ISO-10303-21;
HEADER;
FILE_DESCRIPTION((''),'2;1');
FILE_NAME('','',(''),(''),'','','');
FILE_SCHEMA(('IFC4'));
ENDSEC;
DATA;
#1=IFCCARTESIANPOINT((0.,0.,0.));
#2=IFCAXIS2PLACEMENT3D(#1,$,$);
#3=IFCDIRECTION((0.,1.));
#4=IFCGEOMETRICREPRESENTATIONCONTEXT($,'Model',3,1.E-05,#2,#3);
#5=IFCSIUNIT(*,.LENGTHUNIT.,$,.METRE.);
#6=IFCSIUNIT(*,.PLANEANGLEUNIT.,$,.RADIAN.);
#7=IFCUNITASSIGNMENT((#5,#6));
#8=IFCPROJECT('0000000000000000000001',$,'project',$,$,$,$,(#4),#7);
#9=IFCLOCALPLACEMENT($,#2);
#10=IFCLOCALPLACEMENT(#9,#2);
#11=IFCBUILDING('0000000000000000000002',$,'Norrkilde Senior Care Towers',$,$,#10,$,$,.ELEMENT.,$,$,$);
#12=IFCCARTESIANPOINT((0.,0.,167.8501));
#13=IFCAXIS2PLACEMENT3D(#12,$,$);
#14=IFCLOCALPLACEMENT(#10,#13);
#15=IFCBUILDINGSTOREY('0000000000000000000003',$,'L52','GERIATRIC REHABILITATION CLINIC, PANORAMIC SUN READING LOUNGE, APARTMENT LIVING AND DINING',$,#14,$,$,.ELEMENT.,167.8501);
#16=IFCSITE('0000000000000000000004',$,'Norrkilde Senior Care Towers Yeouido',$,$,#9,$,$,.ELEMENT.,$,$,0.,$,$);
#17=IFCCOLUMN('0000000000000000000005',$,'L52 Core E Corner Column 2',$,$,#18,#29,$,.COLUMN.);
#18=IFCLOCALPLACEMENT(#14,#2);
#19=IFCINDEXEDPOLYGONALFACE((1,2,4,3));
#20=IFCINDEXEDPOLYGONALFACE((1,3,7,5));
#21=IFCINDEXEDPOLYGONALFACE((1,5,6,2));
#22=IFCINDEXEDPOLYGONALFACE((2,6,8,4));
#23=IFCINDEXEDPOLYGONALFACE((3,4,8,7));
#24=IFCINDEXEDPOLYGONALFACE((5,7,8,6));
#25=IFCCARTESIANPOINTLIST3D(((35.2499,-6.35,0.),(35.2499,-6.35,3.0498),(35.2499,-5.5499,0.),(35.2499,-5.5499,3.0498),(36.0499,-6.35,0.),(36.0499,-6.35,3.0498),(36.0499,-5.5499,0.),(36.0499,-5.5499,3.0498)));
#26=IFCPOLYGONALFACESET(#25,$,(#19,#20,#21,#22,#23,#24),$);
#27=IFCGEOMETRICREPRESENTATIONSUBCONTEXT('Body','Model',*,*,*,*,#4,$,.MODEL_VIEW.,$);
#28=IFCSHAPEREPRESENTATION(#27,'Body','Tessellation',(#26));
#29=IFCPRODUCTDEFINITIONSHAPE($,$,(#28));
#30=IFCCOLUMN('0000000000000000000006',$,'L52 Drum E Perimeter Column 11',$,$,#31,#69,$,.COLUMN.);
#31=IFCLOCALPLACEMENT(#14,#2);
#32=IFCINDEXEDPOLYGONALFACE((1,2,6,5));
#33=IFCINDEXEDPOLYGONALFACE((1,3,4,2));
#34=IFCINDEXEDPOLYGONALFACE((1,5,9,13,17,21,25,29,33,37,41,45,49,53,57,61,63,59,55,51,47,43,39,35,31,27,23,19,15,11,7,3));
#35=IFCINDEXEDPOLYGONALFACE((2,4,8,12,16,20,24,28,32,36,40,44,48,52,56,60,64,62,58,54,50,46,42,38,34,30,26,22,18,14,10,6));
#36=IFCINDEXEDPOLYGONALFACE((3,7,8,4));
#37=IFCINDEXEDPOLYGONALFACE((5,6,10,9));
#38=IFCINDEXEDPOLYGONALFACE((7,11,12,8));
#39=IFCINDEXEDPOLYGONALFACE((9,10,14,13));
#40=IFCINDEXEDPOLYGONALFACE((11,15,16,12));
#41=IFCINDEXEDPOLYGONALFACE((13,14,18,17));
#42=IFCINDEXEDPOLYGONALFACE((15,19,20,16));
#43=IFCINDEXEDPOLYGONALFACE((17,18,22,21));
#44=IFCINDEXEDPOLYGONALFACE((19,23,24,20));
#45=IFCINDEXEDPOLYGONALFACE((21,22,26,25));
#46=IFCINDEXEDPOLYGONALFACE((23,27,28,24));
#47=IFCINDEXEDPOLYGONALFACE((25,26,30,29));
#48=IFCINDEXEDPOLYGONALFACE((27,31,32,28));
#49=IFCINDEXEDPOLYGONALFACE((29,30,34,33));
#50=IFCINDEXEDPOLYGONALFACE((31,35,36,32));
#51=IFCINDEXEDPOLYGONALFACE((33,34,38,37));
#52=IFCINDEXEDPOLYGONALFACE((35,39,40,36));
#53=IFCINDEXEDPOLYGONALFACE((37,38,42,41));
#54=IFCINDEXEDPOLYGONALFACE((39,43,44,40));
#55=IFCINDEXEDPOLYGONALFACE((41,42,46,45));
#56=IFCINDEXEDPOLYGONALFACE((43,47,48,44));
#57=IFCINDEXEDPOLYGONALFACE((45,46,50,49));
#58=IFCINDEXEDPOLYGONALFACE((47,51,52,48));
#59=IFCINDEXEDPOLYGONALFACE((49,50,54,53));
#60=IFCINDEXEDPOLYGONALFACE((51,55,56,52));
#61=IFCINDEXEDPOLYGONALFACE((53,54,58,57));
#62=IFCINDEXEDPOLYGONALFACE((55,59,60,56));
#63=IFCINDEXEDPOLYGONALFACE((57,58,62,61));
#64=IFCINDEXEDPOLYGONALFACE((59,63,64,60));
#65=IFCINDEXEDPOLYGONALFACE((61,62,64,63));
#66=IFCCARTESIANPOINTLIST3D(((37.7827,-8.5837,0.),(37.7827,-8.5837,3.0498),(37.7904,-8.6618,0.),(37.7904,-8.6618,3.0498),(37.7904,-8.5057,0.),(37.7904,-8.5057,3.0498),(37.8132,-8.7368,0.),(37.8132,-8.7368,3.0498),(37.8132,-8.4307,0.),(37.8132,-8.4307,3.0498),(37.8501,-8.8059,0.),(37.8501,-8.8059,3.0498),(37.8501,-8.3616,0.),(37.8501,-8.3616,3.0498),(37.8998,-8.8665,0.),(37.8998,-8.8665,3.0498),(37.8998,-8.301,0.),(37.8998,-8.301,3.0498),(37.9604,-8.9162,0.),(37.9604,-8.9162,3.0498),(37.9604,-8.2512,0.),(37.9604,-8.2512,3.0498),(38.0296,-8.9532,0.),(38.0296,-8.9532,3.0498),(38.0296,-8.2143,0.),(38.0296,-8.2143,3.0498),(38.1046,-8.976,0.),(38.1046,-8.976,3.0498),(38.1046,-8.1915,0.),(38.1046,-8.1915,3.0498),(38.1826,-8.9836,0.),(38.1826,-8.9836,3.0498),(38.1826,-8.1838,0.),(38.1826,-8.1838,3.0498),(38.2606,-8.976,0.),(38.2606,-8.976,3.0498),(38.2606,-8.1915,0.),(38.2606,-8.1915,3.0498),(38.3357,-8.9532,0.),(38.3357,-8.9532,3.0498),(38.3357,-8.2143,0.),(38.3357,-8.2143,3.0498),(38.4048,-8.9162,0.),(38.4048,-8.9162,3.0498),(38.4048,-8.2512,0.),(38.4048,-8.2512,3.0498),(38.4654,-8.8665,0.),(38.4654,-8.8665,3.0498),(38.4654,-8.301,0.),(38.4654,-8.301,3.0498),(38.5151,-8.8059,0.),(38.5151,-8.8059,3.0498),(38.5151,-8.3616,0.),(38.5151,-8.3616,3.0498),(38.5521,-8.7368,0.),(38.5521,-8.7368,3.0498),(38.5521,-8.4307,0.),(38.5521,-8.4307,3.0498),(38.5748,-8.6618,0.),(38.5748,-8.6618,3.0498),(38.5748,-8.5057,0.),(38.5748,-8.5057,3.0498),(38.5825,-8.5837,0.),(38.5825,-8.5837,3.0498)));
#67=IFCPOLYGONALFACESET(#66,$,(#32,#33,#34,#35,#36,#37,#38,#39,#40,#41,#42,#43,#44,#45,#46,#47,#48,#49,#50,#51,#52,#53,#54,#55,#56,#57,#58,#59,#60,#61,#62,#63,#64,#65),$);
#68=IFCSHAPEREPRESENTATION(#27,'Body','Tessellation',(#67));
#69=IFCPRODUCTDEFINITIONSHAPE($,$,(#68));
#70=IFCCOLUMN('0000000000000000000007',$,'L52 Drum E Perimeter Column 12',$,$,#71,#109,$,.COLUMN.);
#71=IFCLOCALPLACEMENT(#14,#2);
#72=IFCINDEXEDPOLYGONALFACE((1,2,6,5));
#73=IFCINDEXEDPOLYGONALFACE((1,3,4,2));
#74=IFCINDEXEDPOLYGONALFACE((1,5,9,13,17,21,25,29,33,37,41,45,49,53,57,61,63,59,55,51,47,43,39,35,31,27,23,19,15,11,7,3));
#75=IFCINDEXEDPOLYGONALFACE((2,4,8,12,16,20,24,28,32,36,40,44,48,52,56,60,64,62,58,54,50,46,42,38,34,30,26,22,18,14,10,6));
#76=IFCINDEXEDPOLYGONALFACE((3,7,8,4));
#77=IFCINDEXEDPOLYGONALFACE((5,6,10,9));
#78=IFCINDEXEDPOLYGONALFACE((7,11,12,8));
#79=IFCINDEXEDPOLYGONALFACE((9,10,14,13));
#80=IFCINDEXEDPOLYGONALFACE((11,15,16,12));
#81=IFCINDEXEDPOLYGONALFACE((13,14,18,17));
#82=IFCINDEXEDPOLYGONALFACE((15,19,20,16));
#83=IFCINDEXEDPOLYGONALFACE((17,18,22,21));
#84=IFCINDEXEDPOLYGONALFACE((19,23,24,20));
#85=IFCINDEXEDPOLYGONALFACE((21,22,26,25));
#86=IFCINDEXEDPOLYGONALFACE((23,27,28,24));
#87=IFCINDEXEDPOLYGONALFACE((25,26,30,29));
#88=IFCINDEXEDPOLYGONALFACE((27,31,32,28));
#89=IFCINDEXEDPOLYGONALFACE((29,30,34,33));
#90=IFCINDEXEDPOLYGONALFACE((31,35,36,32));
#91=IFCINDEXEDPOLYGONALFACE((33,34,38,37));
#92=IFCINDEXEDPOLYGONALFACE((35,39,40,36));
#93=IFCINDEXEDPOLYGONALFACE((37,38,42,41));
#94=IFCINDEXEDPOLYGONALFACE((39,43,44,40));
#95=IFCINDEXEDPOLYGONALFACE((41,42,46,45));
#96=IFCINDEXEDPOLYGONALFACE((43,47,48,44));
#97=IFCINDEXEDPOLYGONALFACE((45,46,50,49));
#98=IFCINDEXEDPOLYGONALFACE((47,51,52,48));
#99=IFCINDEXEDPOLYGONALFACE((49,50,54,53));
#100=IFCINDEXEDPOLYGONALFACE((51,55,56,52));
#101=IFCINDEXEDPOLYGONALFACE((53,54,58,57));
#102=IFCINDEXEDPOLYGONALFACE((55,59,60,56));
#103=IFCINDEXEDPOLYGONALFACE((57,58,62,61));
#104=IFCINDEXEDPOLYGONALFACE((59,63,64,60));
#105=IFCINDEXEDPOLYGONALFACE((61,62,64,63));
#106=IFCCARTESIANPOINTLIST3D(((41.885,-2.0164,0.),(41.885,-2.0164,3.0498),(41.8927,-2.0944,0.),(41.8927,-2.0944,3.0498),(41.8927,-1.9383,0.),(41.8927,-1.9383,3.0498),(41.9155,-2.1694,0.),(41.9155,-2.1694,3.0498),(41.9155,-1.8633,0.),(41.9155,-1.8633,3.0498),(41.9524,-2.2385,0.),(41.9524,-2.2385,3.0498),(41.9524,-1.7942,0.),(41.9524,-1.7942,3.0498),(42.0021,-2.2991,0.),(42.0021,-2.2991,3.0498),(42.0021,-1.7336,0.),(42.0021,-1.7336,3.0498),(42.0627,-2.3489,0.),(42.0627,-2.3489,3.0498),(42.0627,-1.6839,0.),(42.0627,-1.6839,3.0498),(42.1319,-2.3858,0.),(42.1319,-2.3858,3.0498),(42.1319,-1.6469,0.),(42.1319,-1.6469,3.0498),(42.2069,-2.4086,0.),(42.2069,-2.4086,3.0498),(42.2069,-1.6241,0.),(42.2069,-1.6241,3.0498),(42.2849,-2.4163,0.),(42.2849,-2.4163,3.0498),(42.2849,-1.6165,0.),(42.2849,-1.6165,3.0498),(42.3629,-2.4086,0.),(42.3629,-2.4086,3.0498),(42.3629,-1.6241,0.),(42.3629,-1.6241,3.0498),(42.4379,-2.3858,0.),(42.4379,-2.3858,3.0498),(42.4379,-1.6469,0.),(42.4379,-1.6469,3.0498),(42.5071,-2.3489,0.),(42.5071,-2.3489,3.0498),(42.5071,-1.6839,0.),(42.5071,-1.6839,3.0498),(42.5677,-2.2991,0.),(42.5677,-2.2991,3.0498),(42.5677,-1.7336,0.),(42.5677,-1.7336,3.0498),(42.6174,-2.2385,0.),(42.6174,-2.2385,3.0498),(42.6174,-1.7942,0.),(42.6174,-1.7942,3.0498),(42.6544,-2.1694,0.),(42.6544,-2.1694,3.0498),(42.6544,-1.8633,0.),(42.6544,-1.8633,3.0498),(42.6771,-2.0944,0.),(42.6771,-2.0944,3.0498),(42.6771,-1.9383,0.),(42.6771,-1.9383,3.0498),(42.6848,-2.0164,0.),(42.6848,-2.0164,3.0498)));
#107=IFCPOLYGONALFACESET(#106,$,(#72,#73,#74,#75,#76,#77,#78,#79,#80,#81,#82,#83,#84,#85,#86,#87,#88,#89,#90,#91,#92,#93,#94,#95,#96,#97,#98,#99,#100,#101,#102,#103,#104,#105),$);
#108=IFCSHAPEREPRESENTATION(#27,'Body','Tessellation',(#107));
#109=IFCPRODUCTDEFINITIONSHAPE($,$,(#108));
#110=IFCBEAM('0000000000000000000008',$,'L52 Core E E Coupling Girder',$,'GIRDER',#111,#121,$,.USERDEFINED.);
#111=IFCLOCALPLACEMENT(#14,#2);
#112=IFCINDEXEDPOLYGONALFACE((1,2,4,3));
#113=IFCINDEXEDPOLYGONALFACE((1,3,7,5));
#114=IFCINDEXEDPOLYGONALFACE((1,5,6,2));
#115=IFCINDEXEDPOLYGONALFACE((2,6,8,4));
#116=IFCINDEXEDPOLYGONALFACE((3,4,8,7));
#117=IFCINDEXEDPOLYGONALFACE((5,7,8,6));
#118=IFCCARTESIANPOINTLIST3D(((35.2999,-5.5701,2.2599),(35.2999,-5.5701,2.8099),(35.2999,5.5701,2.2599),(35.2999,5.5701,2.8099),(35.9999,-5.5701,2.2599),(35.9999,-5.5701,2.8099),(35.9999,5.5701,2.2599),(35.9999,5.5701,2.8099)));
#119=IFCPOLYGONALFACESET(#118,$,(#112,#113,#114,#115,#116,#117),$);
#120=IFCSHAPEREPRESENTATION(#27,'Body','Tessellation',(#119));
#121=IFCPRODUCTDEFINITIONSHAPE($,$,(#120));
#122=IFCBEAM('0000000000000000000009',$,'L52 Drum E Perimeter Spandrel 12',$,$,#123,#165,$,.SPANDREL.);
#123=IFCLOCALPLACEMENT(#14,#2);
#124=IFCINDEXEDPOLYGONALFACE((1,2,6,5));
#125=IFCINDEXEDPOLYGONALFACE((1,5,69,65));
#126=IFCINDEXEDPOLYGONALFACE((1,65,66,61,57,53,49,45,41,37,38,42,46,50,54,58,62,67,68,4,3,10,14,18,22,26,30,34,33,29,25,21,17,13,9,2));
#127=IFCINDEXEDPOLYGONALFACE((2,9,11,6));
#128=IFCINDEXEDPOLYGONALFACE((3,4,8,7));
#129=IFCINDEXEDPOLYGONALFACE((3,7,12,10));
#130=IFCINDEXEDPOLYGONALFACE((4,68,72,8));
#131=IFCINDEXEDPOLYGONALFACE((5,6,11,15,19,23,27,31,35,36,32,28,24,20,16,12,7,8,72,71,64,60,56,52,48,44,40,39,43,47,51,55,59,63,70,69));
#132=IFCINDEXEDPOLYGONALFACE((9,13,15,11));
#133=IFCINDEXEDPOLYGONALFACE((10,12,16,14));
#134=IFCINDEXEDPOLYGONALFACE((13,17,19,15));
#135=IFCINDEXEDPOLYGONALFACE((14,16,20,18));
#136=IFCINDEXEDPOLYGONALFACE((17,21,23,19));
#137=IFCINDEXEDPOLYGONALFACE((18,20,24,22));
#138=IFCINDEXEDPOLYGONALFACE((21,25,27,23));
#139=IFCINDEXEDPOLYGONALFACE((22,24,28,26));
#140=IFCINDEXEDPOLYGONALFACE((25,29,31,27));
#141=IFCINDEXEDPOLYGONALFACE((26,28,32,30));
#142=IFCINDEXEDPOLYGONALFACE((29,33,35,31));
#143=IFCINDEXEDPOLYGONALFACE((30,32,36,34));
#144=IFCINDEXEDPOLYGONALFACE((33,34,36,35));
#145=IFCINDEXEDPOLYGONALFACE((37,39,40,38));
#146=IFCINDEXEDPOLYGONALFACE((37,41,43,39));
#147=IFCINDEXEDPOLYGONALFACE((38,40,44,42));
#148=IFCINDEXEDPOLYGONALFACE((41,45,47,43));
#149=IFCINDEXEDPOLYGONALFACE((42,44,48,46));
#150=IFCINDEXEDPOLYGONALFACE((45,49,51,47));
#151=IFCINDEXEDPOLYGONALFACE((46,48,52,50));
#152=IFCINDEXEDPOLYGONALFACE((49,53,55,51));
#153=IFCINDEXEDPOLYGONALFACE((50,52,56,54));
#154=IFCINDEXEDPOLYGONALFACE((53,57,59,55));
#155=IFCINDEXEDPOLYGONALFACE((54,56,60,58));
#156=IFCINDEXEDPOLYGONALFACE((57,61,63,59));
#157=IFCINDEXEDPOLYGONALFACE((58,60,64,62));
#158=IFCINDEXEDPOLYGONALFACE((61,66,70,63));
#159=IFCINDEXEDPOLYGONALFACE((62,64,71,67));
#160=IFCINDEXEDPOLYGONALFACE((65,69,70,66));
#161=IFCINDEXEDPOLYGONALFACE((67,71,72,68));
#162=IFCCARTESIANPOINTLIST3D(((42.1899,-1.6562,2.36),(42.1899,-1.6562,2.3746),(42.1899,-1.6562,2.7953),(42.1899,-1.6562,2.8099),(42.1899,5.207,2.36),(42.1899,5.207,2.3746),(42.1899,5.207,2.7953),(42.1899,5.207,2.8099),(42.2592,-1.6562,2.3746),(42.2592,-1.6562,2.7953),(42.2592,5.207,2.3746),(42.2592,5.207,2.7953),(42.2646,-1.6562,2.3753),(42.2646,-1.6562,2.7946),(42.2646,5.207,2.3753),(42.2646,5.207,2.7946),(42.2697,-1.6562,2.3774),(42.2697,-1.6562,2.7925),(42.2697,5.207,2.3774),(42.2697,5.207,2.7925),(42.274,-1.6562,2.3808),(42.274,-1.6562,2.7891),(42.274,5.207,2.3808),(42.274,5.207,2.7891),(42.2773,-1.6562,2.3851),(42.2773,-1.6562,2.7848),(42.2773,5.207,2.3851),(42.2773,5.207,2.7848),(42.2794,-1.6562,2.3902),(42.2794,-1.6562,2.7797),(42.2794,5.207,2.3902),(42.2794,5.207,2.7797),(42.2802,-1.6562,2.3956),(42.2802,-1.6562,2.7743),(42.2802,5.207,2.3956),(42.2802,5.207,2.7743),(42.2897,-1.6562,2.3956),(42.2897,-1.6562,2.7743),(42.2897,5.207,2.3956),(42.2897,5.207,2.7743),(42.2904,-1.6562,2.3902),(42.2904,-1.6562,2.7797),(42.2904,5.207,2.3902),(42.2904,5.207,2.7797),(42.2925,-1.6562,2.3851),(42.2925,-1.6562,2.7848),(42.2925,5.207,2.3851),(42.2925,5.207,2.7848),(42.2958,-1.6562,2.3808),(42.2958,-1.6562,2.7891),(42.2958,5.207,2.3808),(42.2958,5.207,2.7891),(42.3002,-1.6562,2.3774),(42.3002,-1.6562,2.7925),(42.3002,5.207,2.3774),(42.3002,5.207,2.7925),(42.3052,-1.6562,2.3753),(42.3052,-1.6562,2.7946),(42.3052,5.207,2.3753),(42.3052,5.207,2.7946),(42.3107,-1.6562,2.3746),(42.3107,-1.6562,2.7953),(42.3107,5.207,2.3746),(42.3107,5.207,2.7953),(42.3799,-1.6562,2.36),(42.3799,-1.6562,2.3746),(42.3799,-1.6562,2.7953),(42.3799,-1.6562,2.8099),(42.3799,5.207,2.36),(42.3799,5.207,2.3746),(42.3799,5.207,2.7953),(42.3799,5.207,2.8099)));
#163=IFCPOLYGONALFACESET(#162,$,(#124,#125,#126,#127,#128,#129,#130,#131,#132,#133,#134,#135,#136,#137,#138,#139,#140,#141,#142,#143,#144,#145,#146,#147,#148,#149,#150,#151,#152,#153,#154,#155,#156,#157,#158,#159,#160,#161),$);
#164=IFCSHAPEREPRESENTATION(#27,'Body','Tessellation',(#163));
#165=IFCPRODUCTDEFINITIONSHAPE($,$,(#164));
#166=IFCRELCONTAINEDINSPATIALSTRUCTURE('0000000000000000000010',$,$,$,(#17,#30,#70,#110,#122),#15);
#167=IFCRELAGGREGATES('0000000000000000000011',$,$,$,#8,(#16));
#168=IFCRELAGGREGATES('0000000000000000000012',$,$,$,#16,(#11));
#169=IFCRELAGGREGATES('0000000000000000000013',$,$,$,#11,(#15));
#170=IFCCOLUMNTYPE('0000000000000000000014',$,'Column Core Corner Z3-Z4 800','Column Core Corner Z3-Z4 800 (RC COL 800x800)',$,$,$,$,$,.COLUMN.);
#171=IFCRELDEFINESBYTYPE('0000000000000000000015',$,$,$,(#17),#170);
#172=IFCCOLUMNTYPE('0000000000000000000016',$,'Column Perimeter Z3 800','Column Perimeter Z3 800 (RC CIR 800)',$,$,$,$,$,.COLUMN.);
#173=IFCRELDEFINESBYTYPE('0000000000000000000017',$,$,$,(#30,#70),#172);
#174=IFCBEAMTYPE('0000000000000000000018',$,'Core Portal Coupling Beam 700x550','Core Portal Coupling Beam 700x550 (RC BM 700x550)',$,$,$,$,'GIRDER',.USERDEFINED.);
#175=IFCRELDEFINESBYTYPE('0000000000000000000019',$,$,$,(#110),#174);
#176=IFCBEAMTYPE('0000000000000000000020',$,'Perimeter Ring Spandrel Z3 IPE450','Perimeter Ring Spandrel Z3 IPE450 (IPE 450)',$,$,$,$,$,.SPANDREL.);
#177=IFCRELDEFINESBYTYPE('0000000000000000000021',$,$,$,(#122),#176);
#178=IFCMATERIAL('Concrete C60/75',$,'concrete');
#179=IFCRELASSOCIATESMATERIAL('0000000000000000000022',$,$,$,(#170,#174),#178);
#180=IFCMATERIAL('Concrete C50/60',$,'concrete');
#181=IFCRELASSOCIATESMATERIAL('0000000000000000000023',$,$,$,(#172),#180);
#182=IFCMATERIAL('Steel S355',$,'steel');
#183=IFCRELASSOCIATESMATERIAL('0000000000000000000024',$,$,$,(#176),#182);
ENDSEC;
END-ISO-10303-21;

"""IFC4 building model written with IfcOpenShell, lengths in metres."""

from ifc_helpers import new_model, si_unit, direction, frame, origin, origin_2d, place, context, subcontext, project, spatial, rectangle, circle, i_section, extrude, source, transform, mapped, material, material_profile, profile_set, type_object, type_shapes, element, save


model = new_model("IFC4")

# Units and contexts
model_context = context("Model", 3, precision=1e-05, world=origin(), true_north=direction((0.0, 1.0)))
body_context = subcontext(model_context, "Body", "Model", "MODEL_VIEW")
ifc_project = project(units=[si_unit("LENGTHUNIT", "METRE"), si_unit("PLANEANGLEUNIT", "RADIAN")], contexts=[model_context])

# Site, building, storey
site_placement = place(None, origin())
site = spatial("IfcSite", under=ifc_project, at=site_placement, Name="Norrkilde Senior Care Towers Yeouido", CompositionType="ELEMENT", RefElevation=0.0)
building_placement = place(site_placement, origin())
building = spatial("IfcBuilding", under=site, at=building_placement, Name="Norrkilde Senior Care Towers", CompositionType="ELEMENT")
storey_placement = place(building_placement, frame((0.0, 0.0, 167.8501)))
storey = spatial("IfcBuildingStorey", under=building, at=storey_placement, Name="L52", Description="GERIATRIC REHABILITATION CLINIC, PANORAMIC SUN READING LOUNGE, APARTMENT LIVING AND DINING", CompositionType="ELEMENT", Elevation=167.8501)

# Columns
ifc_material_1 = material(Name="Concrete C60/75", Category="concrete")
ifc_material_profile_1 = material_profile(ifc_material_1, rectangle(XDim=0.8, YDim=0.8, at=origin_2d()), Name="RC COL 800x800")
ifc_profile_set_1 = profile_set([ifc_material_profile_1], Name="Concrete C60/75")
column_type_1 = type_object("IfcColumnType", Name="Column Core Corner Z3-Z4 800", Description="Column Core Corner Z3-Z4 800 (RC COL 800x800)", PredefinedType="COLUMN", material=ifc_profile_set_1)
shared_shape_1 = source(origin(), body_context, "Body", "SweptSolid", [
    extrude(rectangle(XDim=0.8, YDim=0.8, at=origin_2d()), origin(), (0.0, 0.0, 1.0), 3.0498),
])
type_shapes(column_type_1, [shared_shape_1])
column_placement = place(storey_placement, frame((35.6499, -5.95, 0.0), z_axis=(0.0, 0.0, 1.0), x_axis=(1.0, 0.0, 0.0)))
element("IfcColumn", 1, at=column_placement, inside=storey, type_object=column_type_1, Name="L52 Core E Corner Column 2", PredefinedType="COLUMN", context=body_context, shape_type="MappedRepresentation", body=[
    mapped(shared_shape_1, transform((0.0, 0.0, 0.0), x_axis=(1.0, 0.0, 0.0), y_axis=(0.0, 1.0, 0.0), z_axis=(0.0, 0.0, 1.0), scale=1.0)),
])
ifc_material_2 = material(Name="Concrete C50/60", Category="concrete")
ifc_material_profile_2 = material_profile(ifc_material_2, circle(Radius=0.3999, at=origin_2d()), Name="RC CIR 800")
ifc_profile_set_2 = profile_set([ifc_material_profile_2], Name="Concrete C50/60")
column_type_2 = type_object("IfcColumnType", Name="Column Perimeter Z3 800", Description="Column Perimeter Z3 800 (RC CIR 800)", PredefinedType="COLUMN", material=ifc_profile_set_2)
shared_shape_2 = source(origin(), body_context, "Body", "SweptSolid", [
    extrude(circle(Radius=0.3999, at=origin_2d()), origin(), (0.0, 0.0, 1.0), 3.0498),
])
type_shapes(column_type_2, [shared_shape_2])
for number, where, z_axis, x_axis, name in (
    (2, (38.1826, -8.5837, 0.0), (0.0, 0.0, 1.0), (1.0, 0.0, 0.0), "L52 Drum E Perimeter Column 11"),
    (3, (42.2849, -2.0164, 0.0), (0.0, 0.0, 1.0), (1.0, 0.0, 0.0), "L52 Drum E Perimeter Column 12"),
):
    element("IfcColumn", number, at=place(storey_placement, frame(where, z_axis=z_axis, x_axis=x_axis)), inside=storey, type_object=column_type_2, Name=name, PredefinedType="COLUMN", context=body_context, shape_type="MappedRepresentation", body=[
        mapped(shared_shape_2, transform((0.0, 0.0, 0.0), x_axis=(1.0, 0.0, 0.0), y_axis=(0.0, 1.0, 0.0), z_axis=(0.0, 0.0, 1.0), scale=1.0)),
    ])

# Beams
ifc_material_profile_3 = material_profile(ifc_material_1, rectangle(XDim=0.7, YDim=0.55, at=origin_2d()), Name="RC BM 700x550")
ifc_profile_set_3 = profile_set([ifc_material_profile_3], Name="Concrete C60/75")
beam_type_1 = type_object("IfcBeamType", Name="Core Portal Coupling Beam 700x550", Description="Core Portal Coupling Beam 700x550 (RC BM 700x550)", ElementType="GIRDER", PredefinedType="USERDEFINED", material=ifc_profile_set_3)
shared_shape_3 = source(origin(), body_context, "Body", "SweptSolid", [
    extrude(rectangle(XDim=0.7, YDim=0.55, at=origin_2d()), origin(), (0.0, 0.0, 1.0), 11.1401),
])
type_shapes(beam_type_1, [shared_shape_3])
beam_1_placement = place(storey_placement, frame((35.6499, -5.5701, 2.5349), z_axis=(0.0, 1.0, 0.0), x_axis=(-1.0, 0.0, 0.0)))
element("IfcBeam", 4, at=beam_1_placement, inside=storey, type_object=beam_type_1, Name="L52 Core E E Coupling Girder", ObjectType="GIRDER", PredefinedType="USERDEFINED", context=body_context, shape_type="MappedRepresentation", body=[
    mapped(shared_shape_3, transform((0.0, 0.0, 0.0), x_axis=(1.0, 0.0, 0.0), y_axis=(0.0, 1.0, 0.0), z_axis=(0.0, 0.0, 1.0), scale=1.0)),
])
ifc_material_3 = material(Name="Steel S355", Category="steel")
ifc_material_profile_4 = material_profile(ifc_material_3, i_section(OverallWidth=0.1899, OverallDepth=0.45, WebThickness=0.0095, FlangeThickness=0.0146, FilletRadius=0.021, at=origin_2d()), Name="IPE 450")
ifc_profile_set_4 = profile_set([ifc_material_profile_4], Name="Steel S355")
beam_type_2 = type_object("IfcBeamType", Name="Perimeter Ring Spandrel Z3 IPE450", Description="Perimeter Ring Spandrel Z3 IPE450 (IPE 450)", PredefinedType="SPANDREL", material=ifc_profile_set_4)
shared_shape_4 = source(origin(), body_context, "Body", "SweptSolid", [
    extrude(i_section(OverallWidth=0.1899, OverallDepth=0.45, WebThickness=0.0095, FlangeThickness=0.0146, FilletRadius=0.021, at=origin_2d()), origin(), (0.0, 0.0, 1.0), 6.8633),
])
beam_2_placement = place(storey_placement, frame((42.2849, -1.6562, 2.585), z_axis=(0.0, 1.0, 0.0), x_axis=(-1.0, 0.0, 0.0)))
element("IfcBeam", 5, at=beam_2_placement, inside=storey, type_object=beam_type_2, Name="L52 Drum E Perimeter Spandrel 12", PredefinedType="SPANDREL", context=body_context, shape_type="MappedRepresentation", body=[
    mapped(shared_shape_4, transform((0.0, 0.0, 0.0), x_axis=(1.0, 0.0, 0.0), y_axis=(0.0, 1.0, 0.0), z_axis=(0.0, 0.0, 1.0), scale=1.0)),
])

save(model, "model.ifc")
